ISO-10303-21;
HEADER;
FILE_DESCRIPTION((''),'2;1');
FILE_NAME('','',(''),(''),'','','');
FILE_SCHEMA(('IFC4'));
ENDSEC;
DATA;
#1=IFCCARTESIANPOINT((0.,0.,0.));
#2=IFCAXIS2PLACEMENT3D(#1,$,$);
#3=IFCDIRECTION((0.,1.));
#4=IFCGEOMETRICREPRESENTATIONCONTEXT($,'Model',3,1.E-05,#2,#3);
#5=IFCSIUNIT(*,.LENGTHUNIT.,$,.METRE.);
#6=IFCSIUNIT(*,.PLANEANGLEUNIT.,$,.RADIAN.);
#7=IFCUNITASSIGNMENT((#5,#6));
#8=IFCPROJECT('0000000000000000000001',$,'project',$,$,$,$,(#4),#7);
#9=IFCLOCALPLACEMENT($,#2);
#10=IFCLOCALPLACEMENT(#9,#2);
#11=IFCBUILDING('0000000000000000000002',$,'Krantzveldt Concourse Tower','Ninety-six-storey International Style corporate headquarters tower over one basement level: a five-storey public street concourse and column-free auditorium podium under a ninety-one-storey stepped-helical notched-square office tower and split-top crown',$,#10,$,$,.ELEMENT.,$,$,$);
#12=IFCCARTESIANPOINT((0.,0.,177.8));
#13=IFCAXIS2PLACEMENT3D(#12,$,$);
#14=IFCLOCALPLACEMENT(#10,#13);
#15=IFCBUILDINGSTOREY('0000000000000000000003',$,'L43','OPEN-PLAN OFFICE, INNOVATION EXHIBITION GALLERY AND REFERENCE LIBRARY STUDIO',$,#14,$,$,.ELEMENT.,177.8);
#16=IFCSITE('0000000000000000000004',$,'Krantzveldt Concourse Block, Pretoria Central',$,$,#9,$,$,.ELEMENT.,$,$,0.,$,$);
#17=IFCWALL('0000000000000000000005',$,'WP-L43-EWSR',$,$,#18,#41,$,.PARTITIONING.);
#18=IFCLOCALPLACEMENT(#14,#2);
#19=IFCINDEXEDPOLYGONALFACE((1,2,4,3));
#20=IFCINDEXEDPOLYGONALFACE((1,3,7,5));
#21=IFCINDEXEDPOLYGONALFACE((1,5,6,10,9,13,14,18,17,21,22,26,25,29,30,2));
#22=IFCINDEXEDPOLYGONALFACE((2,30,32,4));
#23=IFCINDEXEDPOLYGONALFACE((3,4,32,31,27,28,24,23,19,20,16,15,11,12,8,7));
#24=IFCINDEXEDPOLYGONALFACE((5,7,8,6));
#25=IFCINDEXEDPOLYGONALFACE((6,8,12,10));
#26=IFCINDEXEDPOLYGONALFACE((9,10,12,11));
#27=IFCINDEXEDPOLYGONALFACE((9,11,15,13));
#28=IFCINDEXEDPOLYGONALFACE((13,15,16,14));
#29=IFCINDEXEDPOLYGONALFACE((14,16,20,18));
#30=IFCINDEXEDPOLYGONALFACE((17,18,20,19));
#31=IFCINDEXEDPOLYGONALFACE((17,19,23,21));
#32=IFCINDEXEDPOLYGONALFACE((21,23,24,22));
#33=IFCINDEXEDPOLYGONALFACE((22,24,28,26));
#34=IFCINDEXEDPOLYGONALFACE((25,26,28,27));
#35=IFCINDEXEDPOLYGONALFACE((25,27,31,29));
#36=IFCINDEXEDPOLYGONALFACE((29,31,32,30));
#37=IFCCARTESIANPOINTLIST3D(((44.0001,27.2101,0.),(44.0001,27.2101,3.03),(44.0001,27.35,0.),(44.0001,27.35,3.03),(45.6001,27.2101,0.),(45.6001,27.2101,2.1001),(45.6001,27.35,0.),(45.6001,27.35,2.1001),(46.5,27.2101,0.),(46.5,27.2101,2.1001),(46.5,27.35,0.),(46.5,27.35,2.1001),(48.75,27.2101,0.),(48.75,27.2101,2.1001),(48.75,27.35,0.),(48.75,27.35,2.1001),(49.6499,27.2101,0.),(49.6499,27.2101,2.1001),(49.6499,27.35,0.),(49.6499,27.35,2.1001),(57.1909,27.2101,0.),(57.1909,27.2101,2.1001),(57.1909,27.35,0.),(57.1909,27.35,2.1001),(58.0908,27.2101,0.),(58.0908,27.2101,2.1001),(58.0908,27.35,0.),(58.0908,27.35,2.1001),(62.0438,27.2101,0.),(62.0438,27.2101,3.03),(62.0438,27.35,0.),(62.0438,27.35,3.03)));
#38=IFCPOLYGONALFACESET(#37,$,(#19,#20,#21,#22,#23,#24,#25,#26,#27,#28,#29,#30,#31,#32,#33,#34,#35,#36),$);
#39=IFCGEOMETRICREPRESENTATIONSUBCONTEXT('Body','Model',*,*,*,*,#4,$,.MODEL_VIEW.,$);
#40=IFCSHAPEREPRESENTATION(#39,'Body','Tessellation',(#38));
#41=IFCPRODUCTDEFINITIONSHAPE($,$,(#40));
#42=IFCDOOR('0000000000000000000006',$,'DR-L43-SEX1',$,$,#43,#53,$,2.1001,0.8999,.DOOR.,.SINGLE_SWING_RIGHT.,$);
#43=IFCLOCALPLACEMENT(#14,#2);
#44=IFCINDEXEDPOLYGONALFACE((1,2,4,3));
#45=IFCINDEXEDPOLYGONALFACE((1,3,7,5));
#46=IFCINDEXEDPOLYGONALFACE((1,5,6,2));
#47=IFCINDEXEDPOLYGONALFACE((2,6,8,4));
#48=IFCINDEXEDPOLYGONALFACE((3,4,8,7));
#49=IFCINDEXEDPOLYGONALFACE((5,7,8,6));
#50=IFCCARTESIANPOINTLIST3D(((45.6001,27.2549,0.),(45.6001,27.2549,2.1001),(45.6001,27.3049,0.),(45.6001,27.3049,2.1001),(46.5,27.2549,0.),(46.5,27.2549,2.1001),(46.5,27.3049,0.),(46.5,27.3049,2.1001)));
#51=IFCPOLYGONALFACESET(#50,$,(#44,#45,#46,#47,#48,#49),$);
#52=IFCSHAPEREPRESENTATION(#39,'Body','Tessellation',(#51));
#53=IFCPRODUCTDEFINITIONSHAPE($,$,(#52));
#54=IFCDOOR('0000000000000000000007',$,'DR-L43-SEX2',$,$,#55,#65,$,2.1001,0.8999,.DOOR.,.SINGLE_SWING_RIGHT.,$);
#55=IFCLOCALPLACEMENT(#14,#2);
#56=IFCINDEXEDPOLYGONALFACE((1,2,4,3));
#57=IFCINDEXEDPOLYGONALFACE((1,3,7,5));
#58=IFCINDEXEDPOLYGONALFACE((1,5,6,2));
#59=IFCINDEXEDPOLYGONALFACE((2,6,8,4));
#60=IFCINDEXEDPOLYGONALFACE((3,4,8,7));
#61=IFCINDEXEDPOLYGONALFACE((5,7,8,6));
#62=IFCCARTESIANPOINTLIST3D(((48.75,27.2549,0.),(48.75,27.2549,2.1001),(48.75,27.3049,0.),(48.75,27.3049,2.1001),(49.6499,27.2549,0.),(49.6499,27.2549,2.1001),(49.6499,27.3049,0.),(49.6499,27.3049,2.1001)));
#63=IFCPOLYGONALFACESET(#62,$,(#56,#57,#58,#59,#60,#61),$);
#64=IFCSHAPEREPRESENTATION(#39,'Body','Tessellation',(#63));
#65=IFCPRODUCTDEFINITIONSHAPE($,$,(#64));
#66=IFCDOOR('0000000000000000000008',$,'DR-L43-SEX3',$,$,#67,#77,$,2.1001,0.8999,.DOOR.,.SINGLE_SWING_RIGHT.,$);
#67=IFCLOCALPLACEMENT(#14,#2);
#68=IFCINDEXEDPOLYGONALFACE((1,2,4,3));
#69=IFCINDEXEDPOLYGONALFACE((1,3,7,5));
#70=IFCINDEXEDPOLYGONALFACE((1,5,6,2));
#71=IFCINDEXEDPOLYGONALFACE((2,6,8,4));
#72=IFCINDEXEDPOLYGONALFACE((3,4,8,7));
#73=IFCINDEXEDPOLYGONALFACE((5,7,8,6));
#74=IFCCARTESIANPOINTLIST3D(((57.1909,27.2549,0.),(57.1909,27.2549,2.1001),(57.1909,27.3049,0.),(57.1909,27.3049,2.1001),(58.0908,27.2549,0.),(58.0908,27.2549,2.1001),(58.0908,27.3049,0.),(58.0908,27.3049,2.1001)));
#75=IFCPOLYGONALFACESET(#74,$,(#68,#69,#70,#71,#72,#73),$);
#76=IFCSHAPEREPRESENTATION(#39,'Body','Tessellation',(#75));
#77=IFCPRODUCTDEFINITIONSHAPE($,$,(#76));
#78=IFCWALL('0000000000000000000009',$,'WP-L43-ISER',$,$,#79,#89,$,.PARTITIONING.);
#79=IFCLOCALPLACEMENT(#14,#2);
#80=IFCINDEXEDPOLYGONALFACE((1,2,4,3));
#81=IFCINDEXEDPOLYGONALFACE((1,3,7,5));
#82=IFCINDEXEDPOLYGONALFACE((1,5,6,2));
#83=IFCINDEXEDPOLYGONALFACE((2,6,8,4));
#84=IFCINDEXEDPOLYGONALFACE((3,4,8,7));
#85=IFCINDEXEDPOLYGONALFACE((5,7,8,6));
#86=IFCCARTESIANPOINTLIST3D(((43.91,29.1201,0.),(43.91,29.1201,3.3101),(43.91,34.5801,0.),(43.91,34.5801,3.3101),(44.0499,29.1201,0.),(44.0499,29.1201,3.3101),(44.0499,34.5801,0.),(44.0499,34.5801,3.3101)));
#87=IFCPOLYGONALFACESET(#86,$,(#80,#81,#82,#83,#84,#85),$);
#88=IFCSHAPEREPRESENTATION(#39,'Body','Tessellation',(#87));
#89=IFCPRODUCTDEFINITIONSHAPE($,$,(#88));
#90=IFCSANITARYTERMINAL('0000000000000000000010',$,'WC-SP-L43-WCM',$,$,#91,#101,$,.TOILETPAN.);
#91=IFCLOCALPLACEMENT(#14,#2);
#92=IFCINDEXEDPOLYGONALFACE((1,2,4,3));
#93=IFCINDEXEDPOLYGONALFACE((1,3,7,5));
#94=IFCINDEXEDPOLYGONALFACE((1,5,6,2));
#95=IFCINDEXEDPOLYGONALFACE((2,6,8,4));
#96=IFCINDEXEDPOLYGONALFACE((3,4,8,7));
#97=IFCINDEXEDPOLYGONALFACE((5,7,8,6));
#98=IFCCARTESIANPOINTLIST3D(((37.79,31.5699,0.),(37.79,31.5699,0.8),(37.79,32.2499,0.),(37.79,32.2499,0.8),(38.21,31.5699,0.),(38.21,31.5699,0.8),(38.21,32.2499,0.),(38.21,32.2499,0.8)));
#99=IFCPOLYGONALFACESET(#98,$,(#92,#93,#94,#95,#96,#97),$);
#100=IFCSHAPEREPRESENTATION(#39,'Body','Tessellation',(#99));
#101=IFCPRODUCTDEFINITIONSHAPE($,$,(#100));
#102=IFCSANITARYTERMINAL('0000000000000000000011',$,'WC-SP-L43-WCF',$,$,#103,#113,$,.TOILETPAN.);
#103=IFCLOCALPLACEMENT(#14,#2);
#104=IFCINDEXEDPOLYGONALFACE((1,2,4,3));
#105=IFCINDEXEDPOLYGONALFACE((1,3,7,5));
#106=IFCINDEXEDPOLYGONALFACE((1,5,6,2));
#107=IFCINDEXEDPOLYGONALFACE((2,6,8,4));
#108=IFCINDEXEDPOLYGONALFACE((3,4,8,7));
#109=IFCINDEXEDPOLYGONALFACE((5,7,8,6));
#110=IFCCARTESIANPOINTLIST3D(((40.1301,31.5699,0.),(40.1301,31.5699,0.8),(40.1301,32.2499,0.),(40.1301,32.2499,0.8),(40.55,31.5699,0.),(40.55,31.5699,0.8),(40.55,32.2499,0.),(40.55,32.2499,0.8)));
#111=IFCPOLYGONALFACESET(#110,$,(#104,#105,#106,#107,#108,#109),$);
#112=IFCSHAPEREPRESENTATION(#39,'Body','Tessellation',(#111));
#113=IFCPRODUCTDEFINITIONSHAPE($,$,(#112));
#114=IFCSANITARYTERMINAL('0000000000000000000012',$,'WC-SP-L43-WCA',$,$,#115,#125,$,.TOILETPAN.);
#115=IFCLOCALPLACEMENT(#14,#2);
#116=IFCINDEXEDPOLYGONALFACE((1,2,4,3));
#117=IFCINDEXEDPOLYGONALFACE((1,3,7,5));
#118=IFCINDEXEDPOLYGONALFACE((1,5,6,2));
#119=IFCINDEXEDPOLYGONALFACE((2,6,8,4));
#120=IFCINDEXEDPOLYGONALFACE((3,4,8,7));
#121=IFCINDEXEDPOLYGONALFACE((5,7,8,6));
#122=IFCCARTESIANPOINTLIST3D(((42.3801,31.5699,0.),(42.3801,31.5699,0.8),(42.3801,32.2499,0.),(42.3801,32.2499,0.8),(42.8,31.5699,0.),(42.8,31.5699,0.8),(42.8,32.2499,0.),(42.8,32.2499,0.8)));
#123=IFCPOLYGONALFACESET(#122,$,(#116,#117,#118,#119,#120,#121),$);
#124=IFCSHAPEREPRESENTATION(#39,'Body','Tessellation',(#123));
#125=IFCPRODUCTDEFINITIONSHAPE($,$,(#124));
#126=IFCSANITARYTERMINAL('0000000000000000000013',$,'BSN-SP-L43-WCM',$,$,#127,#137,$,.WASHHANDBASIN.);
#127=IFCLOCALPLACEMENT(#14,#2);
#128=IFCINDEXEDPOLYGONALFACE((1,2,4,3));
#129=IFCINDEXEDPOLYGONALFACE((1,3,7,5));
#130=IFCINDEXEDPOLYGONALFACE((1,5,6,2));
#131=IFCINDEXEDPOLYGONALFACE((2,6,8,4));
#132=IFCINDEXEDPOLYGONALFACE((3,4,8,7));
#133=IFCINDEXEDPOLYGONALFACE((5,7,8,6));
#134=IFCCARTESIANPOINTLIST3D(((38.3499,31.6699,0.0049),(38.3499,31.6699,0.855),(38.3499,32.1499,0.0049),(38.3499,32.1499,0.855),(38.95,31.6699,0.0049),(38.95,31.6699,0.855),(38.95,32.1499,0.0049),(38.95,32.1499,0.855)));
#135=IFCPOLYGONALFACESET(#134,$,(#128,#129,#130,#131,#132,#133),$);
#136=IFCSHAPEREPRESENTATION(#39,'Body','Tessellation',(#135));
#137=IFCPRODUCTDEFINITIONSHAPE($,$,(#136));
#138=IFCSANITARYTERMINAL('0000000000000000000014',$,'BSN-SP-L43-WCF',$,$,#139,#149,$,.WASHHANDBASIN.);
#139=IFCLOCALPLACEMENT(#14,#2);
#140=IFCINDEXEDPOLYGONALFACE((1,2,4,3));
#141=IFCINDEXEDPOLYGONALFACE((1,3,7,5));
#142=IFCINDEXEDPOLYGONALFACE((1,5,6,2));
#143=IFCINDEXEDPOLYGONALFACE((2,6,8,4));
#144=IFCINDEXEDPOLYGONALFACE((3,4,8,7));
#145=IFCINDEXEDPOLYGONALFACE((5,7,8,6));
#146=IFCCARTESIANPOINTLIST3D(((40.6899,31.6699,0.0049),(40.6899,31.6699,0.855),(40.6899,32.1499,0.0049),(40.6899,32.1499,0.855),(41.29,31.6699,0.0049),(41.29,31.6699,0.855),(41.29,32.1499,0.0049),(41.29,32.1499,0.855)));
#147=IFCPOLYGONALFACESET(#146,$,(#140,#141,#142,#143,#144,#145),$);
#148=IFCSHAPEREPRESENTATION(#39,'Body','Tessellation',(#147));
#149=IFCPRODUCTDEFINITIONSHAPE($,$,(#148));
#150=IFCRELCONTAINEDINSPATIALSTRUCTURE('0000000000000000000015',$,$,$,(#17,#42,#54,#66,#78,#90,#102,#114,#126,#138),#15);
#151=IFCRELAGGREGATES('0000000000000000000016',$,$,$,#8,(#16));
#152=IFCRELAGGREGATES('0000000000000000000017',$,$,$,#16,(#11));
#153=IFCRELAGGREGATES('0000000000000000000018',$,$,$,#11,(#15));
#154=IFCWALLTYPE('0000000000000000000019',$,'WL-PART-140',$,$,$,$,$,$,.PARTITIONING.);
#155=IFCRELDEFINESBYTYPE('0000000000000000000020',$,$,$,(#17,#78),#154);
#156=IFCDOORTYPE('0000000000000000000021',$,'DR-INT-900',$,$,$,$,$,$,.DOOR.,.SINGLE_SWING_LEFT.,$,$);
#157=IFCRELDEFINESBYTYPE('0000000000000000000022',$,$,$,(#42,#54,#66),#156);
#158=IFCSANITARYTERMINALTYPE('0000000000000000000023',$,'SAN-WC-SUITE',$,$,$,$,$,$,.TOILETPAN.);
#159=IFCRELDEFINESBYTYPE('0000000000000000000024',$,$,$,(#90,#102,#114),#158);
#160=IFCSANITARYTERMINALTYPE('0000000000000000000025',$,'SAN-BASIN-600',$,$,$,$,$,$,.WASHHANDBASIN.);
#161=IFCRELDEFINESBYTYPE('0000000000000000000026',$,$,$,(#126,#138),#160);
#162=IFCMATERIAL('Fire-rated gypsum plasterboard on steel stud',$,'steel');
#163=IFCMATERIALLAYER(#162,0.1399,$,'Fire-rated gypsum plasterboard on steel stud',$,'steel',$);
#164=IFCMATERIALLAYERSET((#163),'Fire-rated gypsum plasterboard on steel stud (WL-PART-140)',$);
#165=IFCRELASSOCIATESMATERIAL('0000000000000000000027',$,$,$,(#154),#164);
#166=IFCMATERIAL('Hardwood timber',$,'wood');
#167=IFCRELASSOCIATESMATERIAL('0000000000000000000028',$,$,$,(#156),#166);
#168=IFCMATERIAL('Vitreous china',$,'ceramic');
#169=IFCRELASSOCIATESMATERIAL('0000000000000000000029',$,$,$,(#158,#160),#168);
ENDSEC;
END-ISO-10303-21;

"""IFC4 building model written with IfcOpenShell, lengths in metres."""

from ifc_helpers import new_model, si_unit, direction, frame, frame_2d, origin, origin_2d, place, context, subcontext, project, spatial, rectangle, extrude, source, transform, mapped, material, layer, layer_set, type_object, type_shapes, element, fill, save


model = new_model("IFC4")

# Units and contexts
model_context = context("Model", 3, precision=1e-05, world=origin(), true_north=direction((0.0, 1.0)))
body_context = subcontext(model_context, "Body", "Model", "MODEL_VIEW")
ifc_project = project(units=[si_unit("LENGTHUNIT", "METRE"), si_unit("PLANEANGLEUNIT", "RADIAN")], contexts=[model_context])

# Site, building, storey
site_placement = place(None, origin())
site = spatial("IfcSite", under=ifc_project, at=site_placement, Name="Krantzveldt Concourse Block, Pretoria Central", CompositionType="ELEMENT", RefElevation=0.0)
building_placement = place(site_placement, origin())
building = spatial("IfcBuilding", under=site, at=building_placement, Name="Krantzveldt Concourse Tower", Description="Ninety-six-storey International Style corporate headquarters tower over one basement level: a five-storey public street concourse and column-free auditorium podium under a ninety-one-storey stepped-helical notched-square office tower and split-top crown", CompositionType="ELEMENT")
storey_placement = place(building_placement, frame((0.0, 0.0, 177.8)))
storey = spatial("IfcBuildingStorey", under=building, at=storey_placement, Name="L43", Description="OPEN-PLAN OFFICE, INNOVATION EXHIBITION GALLERY AND REFERENCE LIBRARY STUDIO", CompositionType="ELEMENT", Elevation=177.8)

# Shared definitions
ifc_material_1 = material(Name="Fire-rated gypsum plasterboard on steel stud", Category="steel")

# Wall, openings, doors
ifc_layer_1 = layer(ifc_material_1, 0.1399, Name="Fire-rated gypsum plasterboard on steel stud", Category="steel")
ifc_layer_set_1 = layer_set([ifc_layer_1], Name="Fire-rated gypsum plasterboard on steel stud (WL-PART-140)")
wall_type_1 = type_object("IfcWallType", Name="WL-PART-140", PredefinedType="PARTITIONING", material=ifc_layer_set_1)
ifc_material_2 = material(Name="Hardwood timber", Category="wood")
door_type_1 = type_object("IfcDoorType", Name="DR-INT-900", OperationType="SINGLE_SWING_LEFT", PredefinedType="DOOR", material=ifc_material_2)
wall_1_placement = place(storey_placement, frame((44.0, 27.28, 0.0), z_axis=(0.0, 0.0, 1.0), x_axis=(1.0, 0.0, 0.0)))
wall_1 = element("IfcWall", 1, at=wall_1_placement, inside=storey, type_object=wall_type_1, Name="WP-L43-EWSR", PredefinedType="PARTITIONING", context=body_context, shape_type="SweptSolid", body=[
    extrude(rectangle(XDim=18.0437, YDim=0.1399, at=frame_2d((9.022, 0.0))), origin(), (0.0, 0.0, 1.0), 3.03),
])
opening_1_placement = place(wall_1_placement, frame((1.6001, 0.0, 0.0)))
opening_1 = element("IfcOpeningElement", 2, at=opening_1_placement, cuts=wall_1, PredefinedType="OPENING", context=body_context, shape_type="SweptSolid", body=[
    extrude(rectangle(XDim=0.8999, YDim=2.1001, at=frame_2d((0.45, 1.05))), frame((0.0, 0.0801, 0.0), z_axis=(0.0, -1.0, 0.0), x_axis=(1.0, 0.0, 0.0)), (0.0, 0.0, 1.0), 0.1599),
])
opening_2_placement = place(wall_1_placement, frame((4.75, 0.0, 0.0)))
opening_2 = element("IfcOpeningElement", 3, at=opening_2_placement, cuts=wall_1, PredefinedType="OPENING", context=body_context, shape_type="SweptSolid", body=[
    extrude(rectangle(XDim=0.8999, YDim=2.1001, at=frame_2d((0.45, 1.05))), frame((0.0, 0.0801, 0.0), z_axis=(0.0, -1.0, 0.0), x_axis=(1.0, 0.0, 0.0)), (0.0, 0.0, 1.0), 0.1599),
])
opening_3_placement = place(wall_1_placement, frame((13.1909, 0.0, 0.0)))
opening_3 = element("IfcOpeningElement", 4, at=opening_3_placement, cuts=wall_1, PredefinedType="OPENING", context=body_context, shape_type="SweptSolid", body=[
    extrude(rectangle(XDim=0.8999, YDim=2.1001, at=frame_2d((0.45, 1.05))), frame((0.0, 0.0801, 0.0), z_axis=(0.0, -1.0, 0.0), x_axis=(1.0, 0.0, 0.0)), (0.0, 0.0, 1.0), 0.1599),
])
door_1_placement = place(opening_1_placement, origin())
door_1 = element("IfcDoor", 5, at=door_1_placement, inside=storey, type_object=door_type_1, Name="DR-L43-SEX1", OperationType="SINGLE_SWING_RIGHT", OverallHeight=2.1001, OverallWidth=0.8999, PredefinedType="DOOR", context=body_context, shape_type="SweptSolid", body=[
    extrude(rectangle(XDim=0.8999, YDim=2.1001, at=frame_2d((0.45, 1.05))), frame((0.0, 0.0249, 0.0), z_axis=(0.0, -1.0, 0.0), x_axis=(1.0, 0.0, 0.0)), (0.0, 0.0, 1.0), 0.05),
])
fill(opening_1, door_1)
door_2_placement = place(opening_2_placement, origin())
door_2 = element("IfcDoor", 6, at=door_2_placement, inside=storey, type_object=door_type_1, Name="DR-L43-SEX2", OperationType="SINGLE_SWING_RIGHT", OverallHeight=2.1001, OverallWidth=0.8999, PredefinedType="DOOR", context=body_context, shape_type="SweptSolid", body=[
    extrude(rectangle(XDim=0.8999, YDim=2.1001, at=frame_2d((0.45, 1.05))), frame((0.0, 0.0249, 0.0), z_axis=(0.0, -1.0, 0.0), x_axis=(1.0, 0.0, 0.0)), (0.0, 0.0, 1.0), 0.05),
])
fill(opening_2, door_2)
door_3_placement = place(opening_3_placement, origin())
door_3 = element("IfcDoor", 7, at=door_3_placement, inside=storey, type_object=door_type_1, Name="DR-L43-SEX3", OperationType="SINGLE_SWING_RIGHT", OverallHeight=2.1001, OverallWidth=0.8999, PredefinedType="DOOR", context=body_context, shape_type="SweptSolid", body=[
    extrude(rectangle(XDim=0.8999, YDim=2.1001, at=frame_2d((0.45, 1.05))), frame((0.0, 0.0249, 0.0), z_axis=(0.0, -1.0, 0.0), x_axis=(1.0, 0.0, 0.0)), (0.0, 0.0, 1.0), 0.05),
])
fill(opening_3, door_3)

# Wall
wall_2_placement = place(storey_placement, frame((43.98, 29.1201, 0.0), z_axis=(0.0, 0.0, 1.0), x_axis=(0.0, 1.0, 0.0)))
element("IfcWall", 8, at=wall_2_placement, inside=storey, type_object=wall_type_1, Name="WP-L43-ISER", PredefinedType="PARTITIONING", context=body_context, shape_type="SweptSolid", body=[
    extrude(rectangle(XDim=5.46, YDim=0.1399, at=frame_2d((2.73, 0.0))), origin(), (0.0, 0.0, 1.0), 3.3101),
])

# Sanitary terminals
ifc_material_3 = material(Name="Vitreous china", Category="ceramic")
sanitary_terminal_type_1 = type_object("IfcSanitaryTerminalType", Name="SAN-WC-SUITE", PredefinedType="TOILETPAN", material=ifc_material_3)
shared_shape_1 = source(origin(), body_context, "Body", "SweptSolid", [
    extrude(rectangle(XDim=0.4199, YDim=0.6799, at=origin_2d()), origin(), (0.0, 0.0, 1.0), 0.8),
])
type_shapes(sanitary_terminal_type_1, [shared_shape_1])
for number, where, z_axis, x_axis, name in (
    (9, (38.0, 31.9099, 0.0), (0.0, 0.0, 1.0), (1.0, 0.0, 0.0), "WC-SP-L43-WCM"),
    (10, (40.3401, 31.9099, 0.0), (0.0, 0.0, 1.0), (1.0, 0.0, 0.0), "WC-SP-L43-WCF"),
    (11, (42.5901, 31.9099, 0.0), (0.0, 0.0, 1.0), (1.0, 0.0, 0.0), "WC-SP-L43-WCA"),
):
    element("IfcSanitaryTerminal", number, at=place(storey_placement, frame(where, z_axis=z_axis, x_axis=x_axis)), inside=storey, type_object=sanitary_terminal_type_1, Name=name, PredefinedType="TOILETPAN", context=body_context, shape_type="MappedRepresentation", body=[
        mapped(shared_shape_1, transform((0.0, 0.0, 0.0), x_axis=(1.0, 0.0, 0.0), y_axis=(0.0, 1.0, 0.0), z_axis=(0.0, 0.0, 1.0), scale=1.0)),
    ])
sanitary_terminal_type_2 = type_object("IfcSanitaryTerminalType", Name="SAN-BASIN-600", PredefinedType="WASHHANDBASIN", material=ifc_material_3)
shared_shape_2 = source(origin(), body_context, "Body", "SweptSolid", [
    extrude(rectangle(XDim=0.6001, YDim=0.48, at=origin_2d()), origin(), (0.0, 0.0, 1.0), 0.8501),
])
type_shapes(sanitary_terminal_type_2, [shared_shape_2])
for number, where, z_axis, x_axis, name in (
    (12, (38.6499, 31.9099, 0.0049), (0.0, 0.0, 1.0), (1.0, 0.0, 0.0), "BSN-SP-L43-WCM"),
    (13, (40.99, 31.9099, 0.0049), (0.0, 0.0, 1.0), (1.0, 0.0, 0.0), "BSN-SP-L43-WCF"),
):
    element("IfcSanitaryTerminal", number, at=place(storey_placement, frame(where, z_axis=z_axis, x_axis=x_axis)), inside=storey, type_object=sanitary_terminal_type_2, Name=name, PredefinedType="WASHHANDBASIN", context=body_context, shape_type="MappedRepresentation", body=[
        mapped(shared_shape_2, transform((0.0, 0.0, 0.0), x_axis=(1.0, 0.0, 0.0), y_axis=(0.0, 1.0, 0.0), z_axis=(0.0, 0.0, 1.0), scale=1.0)),
    ])

save(model, "model.ifc")
